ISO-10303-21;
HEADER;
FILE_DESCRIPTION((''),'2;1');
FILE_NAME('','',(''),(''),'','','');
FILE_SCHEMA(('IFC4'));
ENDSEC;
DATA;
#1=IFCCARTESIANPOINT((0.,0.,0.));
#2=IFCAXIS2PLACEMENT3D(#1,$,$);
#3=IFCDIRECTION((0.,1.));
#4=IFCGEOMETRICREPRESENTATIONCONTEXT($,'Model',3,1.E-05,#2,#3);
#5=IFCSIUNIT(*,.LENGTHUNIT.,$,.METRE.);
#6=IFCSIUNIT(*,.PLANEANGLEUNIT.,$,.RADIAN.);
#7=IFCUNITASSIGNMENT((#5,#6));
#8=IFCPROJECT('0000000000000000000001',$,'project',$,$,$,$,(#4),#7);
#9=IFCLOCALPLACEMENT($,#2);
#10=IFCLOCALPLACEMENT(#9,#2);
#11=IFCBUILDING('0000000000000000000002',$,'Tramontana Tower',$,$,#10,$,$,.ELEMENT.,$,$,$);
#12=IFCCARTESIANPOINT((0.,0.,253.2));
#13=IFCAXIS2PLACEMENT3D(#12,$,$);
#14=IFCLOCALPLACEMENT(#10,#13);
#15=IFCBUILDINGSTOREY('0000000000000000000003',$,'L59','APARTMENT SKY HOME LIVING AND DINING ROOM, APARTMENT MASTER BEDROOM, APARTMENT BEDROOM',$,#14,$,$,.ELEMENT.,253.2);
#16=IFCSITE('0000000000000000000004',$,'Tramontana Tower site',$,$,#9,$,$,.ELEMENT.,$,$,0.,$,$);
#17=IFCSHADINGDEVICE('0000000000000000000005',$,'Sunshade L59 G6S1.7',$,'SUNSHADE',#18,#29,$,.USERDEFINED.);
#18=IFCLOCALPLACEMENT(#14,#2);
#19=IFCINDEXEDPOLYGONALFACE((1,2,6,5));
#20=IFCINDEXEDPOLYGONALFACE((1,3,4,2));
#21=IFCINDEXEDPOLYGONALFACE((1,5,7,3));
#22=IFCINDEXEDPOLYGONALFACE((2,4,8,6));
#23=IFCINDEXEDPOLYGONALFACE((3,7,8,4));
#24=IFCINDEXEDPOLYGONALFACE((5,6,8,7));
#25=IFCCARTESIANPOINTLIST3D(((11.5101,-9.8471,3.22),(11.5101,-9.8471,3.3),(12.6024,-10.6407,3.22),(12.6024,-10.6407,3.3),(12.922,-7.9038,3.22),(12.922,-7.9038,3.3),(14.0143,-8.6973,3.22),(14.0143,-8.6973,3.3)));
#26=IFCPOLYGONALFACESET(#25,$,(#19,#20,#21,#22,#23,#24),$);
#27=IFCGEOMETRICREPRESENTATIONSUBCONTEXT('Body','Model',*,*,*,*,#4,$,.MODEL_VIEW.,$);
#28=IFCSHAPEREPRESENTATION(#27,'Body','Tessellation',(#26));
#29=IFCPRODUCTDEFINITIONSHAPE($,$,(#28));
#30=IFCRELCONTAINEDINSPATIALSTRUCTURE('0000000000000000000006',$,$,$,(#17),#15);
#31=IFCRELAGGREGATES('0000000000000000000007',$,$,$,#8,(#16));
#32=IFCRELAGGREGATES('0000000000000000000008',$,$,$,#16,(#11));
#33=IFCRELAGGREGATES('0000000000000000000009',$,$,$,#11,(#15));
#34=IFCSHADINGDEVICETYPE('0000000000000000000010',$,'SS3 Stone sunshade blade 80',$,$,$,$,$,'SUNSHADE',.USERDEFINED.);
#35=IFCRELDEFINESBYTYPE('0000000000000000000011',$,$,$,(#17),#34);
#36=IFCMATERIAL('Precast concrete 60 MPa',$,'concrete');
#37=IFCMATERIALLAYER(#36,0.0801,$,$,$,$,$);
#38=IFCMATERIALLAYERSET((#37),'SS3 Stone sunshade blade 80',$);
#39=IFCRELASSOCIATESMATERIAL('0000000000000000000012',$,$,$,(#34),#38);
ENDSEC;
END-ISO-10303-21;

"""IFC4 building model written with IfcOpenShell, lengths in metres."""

from ifc_helpers import new_model, si_unit, direction, frame, origin, origin_2d, place, context, subcontext, project, spatial, rectangle, extrude, material, layer, layer_set, type_object, element, save


model = new_model("IFC4")

# Units and contexts
model_context = context("Model", 3, precision=1e-05, world=origin(), true_north=direction((0.0, 1.0)))
body_context = subcontext(model_context, "Body", "Model", "MODEL_VIEW")
ifc_project = project(units=[si_unit("LENGTHUNIT", "METRE"), si_unit("PLANEANGLEUNIT", "RADIAN")], contexts=[model_context])

# Site, building, storey
site_placement = place(None, origin())
site = spatial("IfcSite", under=ifc_project, at=site_placement, Name="Tramontana Tower site", CompositionType="ELEMENT", RefElevation=0.0)
building_placement = place(site_placement, origin())
building = spatial("IfcBuilding", under=site, at=building_placement, Name="Tramontana Tower", CompositionType="ELEMENT")
storey_placement = place(building_placement, frame((0.0, 0.0, 253.2)))
storey = spatial("IfcBuildingStorey", under=building, at=storey_placement, Name="L59", Description="APARTMENT SKY HOME LIVING AND DINING ROOM, APARTMENT MASTER BEDROOM, APARTMENT BEDROOM", CompositionType="ELEMENT", Elevation=253.2)

# Shading device
ifc_material_1 = material(Name="Precast concrete 60 MPa", Category="concrete")
ifc_layer_1 = layer(ifc_material_1, 0.0801)
ifc_layer_set_1 = layer_set([ifc_layer_1], Name="SS3 Stone sunshade blade 80")
shading_device_type = type_object("IfcShadingDeviceType", Name="SS3 Stone sunshade blade 80", ElementType="SUNSHADE", PredefinedType="USERDEFINED", material=ifc_layer_set_1)
shading_device_placement = place(storey_placement, frame((12.7622, -9.2722, 3.22), z_axis=(0.0, 0.0, 1.0), x_axis=(0.587785, 0.809017, 0.0)))
element("IfcShadingDevice", 1, at=shading_device_placement, inside=storey, type_object=shading_device_type, Name="Sunshade L59 G6S1.7", ObjectType="SUNSHADE", PredefinedType="USERDEFINED", context=body_context, shape_type="SweptSolid", body=[
    extrude(rectangle(XDim=2.4021, YDim=1.3501, at=origin_2d()), origin(), (0.0, 0.0, 1.0), 0.0801),
])

save(model, "model.ifc")
